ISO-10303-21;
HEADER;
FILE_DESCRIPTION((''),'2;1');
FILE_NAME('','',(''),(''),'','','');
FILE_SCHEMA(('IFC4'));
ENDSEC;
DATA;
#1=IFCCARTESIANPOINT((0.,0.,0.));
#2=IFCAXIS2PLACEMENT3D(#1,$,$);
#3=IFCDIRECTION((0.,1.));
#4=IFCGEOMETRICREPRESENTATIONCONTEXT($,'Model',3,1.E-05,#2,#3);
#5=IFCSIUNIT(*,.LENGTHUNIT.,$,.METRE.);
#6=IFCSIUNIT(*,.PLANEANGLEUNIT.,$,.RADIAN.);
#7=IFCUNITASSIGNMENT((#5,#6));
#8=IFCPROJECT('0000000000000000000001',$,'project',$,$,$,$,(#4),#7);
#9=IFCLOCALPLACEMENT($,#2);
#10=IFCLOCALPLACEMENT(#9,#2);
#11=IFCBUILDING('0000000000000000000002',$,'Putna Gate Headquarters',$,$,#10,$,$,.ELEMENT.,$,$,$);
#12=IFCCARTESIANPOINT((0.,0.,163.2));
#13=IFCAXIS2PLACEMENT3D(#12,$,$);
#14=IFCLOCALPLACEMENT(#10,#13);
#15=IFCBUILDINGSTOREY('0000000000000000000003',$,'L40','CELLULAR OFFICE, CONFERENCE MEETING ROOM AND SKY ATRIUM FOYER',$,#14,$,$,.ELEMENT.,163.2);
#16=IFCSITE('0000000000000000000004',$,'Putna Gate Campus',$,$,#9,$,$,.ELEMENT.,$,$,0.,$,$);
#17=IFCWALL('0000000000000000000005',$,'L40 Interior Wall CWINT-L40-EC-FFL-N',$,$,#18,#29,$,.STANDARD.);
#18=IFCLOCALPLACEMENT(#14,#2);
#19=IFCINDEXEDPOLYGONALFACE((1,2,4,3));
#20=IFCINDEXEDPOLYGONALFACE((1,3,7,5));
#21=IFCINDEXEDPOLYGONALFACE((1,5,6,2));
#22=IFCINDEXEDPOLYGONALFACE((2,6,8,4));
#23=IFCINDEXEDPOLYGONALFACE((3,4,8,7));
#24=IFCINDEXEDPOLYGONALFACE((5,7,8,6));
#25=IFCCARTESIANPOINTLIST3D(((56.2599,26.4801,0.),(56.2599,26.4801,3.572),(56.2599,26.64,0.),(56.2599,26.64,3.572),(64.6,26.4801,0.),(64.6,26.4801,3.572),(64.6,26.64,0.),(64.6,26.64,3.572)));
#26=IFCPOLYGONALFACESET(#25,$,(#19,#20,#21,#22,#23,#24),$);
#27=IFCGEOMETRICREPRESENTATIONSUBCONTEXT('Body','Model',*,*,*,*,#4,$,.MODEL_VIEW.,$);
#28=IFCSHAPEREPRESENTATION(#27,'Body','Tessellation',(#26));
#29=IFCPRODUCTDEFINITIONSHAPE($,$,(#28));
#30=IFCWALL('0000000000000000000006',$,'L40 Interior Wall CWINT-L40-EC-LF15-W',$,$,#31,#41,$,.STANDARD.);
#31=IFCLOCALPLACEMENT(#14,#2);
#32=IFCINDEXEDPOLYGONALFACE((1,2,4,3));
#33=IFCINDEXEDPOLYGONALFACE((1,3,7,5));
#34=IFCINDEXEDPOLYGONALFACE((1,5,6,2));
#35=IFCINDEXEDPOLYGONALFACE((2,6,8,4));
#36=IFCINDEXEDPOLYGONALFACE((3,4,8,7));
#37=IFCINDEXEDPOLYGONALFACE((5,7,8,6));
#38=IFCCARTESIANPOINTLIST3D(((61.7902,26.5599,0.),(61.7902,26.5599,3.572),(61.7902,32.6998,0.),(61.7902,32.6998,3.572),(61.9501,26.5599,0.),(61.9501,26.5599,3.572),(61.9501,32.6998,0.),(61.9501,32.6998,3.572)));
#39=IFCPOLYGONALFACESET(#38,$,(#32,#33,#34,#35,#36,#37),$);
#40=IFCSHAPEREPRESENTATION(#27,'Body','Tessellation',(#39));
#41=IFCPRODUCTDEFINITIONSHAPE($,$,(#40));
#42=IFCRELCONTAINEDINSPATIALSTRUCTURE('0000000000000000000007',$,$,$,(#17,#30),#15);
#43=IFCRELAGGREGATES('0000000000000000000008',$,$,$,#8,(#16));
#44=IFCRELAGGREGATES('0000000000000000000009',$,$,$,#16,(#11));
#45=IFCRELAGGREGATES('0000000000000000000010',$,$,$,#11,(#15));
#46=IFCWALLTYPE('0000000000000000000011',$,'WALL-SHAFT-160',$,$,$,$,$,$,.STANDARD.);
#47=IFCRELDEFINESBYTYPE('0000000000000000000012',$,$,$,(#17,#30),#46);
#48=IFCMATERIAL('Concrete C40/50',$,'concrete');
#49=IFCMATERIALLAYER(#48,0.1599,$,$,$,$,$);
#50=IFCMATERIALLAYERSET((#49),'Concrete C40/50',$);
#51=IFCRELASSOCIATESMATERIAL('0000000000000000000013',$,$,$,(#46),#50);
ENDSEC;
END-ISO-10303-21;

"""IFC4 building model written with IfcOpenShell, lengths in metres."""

from ifc_helpers import new_model, si_unit, direction, frame, frame_2d, origin, place, context, subcontext, project, spatial, rectangle, extrude, material, layer, layer_set, type_object, element, save


model = new_model("IFC4")

# Units and contexts
model_context = context("Model", 3, precision=1e-05, world=origin(), true_north=direction((0.0, 1.0)))
body_context = subcontext(model_context, "Body", "Model", "MODEL_VIEW")
ifc_project = project(units=[si_unit("LENGTHUNIT", "METRE"), si_unit("PLANEANGLEUNIT", "RADIAN")], contexts=[model_context])

# Site, building, storey
site_placement = place(None, origin())
site = spatial("IfcSite", under=ifc_project, at=site_placement, Name="Putna Gate Campus", CompositionType="ELEMENT", RefElevation=0.0)
building_placement = place(site_placement, origin())
building = spatial("IfcBuilding", under=site, at=building_placement, Name="Putna Gate Headquarters", CompositionType="ELEMENT")
storey_placement = place(building_placement, frame((0.0, 0.0, 163.2)))
storey = spatial("IfcBuildingStorey", under=building, at=storey_placement, Name="L40", Description="CELLULAR OFFICE, CONFERENCE MEETING ROOM AND SKY ATRIUM FOYER", CompositionType="ELEMENT", Elevation=163.2)

# Shared definitions
ifc_material_1 = material(Name="Concrete C40/50", Category="concrete")
ifc_layer_1 = layer(ifc_material_1, 0.1599)
ifc_layer_set_1 = layer_set([ifc_layer_1], Name="Concrete C40/50")
wall_type_1 = type_object("IfcWallType", Name="WALL-SHAFT-160", PredefinedType="STANDARD", material=ifc_layer_set_1)

# Walls
wall_1_placement = place(storey_placement, frame((56.26, 26.5601, 0.0), z_axis=(0.0, 0.0, 1.0), x_axis=(1.0, 0.0, 0.0)))
element("IfcWall", 1, at=wall_1_placement, inside=storey, type_object=wall_type_1, Name="L40 Interior Wall CWINT-L40-EC-FFL-N", PredefinedType="STANDARD", context=body_context, shape_type="SweptSolid", body=[
    extrude(rectangle(XDim=8.3401, YDim=0.1599, at=frame_2d((4.1699, 0.0))), origin(), (0.0, 0.0, 1.0), 3.572),
])
wall_2_placement = place(storey_placement, frame((61.8701, 26.5601, 0.0), z_axis=(0.0, 0.0, 1.0), x_axis=(0.0, 1.0, 0.0)))
element("IfcWall", 2, at=wall_2_placement, inside=storey, type_object=wall_type_1, Name="L40 Interior Wall CWINT-L40-EC-LF15-W", PredefinedType="STANDARD", context=body_context, shape_type="SweptSolid", body=[
    extrude(rectangle(XDim=6.1399, YDim=0.1599, at=frame_2d((3.0698, 0.0))), origin(), (0.0, 0.0, 1.0), 3.572),
])

save(model, "model.ifc")
